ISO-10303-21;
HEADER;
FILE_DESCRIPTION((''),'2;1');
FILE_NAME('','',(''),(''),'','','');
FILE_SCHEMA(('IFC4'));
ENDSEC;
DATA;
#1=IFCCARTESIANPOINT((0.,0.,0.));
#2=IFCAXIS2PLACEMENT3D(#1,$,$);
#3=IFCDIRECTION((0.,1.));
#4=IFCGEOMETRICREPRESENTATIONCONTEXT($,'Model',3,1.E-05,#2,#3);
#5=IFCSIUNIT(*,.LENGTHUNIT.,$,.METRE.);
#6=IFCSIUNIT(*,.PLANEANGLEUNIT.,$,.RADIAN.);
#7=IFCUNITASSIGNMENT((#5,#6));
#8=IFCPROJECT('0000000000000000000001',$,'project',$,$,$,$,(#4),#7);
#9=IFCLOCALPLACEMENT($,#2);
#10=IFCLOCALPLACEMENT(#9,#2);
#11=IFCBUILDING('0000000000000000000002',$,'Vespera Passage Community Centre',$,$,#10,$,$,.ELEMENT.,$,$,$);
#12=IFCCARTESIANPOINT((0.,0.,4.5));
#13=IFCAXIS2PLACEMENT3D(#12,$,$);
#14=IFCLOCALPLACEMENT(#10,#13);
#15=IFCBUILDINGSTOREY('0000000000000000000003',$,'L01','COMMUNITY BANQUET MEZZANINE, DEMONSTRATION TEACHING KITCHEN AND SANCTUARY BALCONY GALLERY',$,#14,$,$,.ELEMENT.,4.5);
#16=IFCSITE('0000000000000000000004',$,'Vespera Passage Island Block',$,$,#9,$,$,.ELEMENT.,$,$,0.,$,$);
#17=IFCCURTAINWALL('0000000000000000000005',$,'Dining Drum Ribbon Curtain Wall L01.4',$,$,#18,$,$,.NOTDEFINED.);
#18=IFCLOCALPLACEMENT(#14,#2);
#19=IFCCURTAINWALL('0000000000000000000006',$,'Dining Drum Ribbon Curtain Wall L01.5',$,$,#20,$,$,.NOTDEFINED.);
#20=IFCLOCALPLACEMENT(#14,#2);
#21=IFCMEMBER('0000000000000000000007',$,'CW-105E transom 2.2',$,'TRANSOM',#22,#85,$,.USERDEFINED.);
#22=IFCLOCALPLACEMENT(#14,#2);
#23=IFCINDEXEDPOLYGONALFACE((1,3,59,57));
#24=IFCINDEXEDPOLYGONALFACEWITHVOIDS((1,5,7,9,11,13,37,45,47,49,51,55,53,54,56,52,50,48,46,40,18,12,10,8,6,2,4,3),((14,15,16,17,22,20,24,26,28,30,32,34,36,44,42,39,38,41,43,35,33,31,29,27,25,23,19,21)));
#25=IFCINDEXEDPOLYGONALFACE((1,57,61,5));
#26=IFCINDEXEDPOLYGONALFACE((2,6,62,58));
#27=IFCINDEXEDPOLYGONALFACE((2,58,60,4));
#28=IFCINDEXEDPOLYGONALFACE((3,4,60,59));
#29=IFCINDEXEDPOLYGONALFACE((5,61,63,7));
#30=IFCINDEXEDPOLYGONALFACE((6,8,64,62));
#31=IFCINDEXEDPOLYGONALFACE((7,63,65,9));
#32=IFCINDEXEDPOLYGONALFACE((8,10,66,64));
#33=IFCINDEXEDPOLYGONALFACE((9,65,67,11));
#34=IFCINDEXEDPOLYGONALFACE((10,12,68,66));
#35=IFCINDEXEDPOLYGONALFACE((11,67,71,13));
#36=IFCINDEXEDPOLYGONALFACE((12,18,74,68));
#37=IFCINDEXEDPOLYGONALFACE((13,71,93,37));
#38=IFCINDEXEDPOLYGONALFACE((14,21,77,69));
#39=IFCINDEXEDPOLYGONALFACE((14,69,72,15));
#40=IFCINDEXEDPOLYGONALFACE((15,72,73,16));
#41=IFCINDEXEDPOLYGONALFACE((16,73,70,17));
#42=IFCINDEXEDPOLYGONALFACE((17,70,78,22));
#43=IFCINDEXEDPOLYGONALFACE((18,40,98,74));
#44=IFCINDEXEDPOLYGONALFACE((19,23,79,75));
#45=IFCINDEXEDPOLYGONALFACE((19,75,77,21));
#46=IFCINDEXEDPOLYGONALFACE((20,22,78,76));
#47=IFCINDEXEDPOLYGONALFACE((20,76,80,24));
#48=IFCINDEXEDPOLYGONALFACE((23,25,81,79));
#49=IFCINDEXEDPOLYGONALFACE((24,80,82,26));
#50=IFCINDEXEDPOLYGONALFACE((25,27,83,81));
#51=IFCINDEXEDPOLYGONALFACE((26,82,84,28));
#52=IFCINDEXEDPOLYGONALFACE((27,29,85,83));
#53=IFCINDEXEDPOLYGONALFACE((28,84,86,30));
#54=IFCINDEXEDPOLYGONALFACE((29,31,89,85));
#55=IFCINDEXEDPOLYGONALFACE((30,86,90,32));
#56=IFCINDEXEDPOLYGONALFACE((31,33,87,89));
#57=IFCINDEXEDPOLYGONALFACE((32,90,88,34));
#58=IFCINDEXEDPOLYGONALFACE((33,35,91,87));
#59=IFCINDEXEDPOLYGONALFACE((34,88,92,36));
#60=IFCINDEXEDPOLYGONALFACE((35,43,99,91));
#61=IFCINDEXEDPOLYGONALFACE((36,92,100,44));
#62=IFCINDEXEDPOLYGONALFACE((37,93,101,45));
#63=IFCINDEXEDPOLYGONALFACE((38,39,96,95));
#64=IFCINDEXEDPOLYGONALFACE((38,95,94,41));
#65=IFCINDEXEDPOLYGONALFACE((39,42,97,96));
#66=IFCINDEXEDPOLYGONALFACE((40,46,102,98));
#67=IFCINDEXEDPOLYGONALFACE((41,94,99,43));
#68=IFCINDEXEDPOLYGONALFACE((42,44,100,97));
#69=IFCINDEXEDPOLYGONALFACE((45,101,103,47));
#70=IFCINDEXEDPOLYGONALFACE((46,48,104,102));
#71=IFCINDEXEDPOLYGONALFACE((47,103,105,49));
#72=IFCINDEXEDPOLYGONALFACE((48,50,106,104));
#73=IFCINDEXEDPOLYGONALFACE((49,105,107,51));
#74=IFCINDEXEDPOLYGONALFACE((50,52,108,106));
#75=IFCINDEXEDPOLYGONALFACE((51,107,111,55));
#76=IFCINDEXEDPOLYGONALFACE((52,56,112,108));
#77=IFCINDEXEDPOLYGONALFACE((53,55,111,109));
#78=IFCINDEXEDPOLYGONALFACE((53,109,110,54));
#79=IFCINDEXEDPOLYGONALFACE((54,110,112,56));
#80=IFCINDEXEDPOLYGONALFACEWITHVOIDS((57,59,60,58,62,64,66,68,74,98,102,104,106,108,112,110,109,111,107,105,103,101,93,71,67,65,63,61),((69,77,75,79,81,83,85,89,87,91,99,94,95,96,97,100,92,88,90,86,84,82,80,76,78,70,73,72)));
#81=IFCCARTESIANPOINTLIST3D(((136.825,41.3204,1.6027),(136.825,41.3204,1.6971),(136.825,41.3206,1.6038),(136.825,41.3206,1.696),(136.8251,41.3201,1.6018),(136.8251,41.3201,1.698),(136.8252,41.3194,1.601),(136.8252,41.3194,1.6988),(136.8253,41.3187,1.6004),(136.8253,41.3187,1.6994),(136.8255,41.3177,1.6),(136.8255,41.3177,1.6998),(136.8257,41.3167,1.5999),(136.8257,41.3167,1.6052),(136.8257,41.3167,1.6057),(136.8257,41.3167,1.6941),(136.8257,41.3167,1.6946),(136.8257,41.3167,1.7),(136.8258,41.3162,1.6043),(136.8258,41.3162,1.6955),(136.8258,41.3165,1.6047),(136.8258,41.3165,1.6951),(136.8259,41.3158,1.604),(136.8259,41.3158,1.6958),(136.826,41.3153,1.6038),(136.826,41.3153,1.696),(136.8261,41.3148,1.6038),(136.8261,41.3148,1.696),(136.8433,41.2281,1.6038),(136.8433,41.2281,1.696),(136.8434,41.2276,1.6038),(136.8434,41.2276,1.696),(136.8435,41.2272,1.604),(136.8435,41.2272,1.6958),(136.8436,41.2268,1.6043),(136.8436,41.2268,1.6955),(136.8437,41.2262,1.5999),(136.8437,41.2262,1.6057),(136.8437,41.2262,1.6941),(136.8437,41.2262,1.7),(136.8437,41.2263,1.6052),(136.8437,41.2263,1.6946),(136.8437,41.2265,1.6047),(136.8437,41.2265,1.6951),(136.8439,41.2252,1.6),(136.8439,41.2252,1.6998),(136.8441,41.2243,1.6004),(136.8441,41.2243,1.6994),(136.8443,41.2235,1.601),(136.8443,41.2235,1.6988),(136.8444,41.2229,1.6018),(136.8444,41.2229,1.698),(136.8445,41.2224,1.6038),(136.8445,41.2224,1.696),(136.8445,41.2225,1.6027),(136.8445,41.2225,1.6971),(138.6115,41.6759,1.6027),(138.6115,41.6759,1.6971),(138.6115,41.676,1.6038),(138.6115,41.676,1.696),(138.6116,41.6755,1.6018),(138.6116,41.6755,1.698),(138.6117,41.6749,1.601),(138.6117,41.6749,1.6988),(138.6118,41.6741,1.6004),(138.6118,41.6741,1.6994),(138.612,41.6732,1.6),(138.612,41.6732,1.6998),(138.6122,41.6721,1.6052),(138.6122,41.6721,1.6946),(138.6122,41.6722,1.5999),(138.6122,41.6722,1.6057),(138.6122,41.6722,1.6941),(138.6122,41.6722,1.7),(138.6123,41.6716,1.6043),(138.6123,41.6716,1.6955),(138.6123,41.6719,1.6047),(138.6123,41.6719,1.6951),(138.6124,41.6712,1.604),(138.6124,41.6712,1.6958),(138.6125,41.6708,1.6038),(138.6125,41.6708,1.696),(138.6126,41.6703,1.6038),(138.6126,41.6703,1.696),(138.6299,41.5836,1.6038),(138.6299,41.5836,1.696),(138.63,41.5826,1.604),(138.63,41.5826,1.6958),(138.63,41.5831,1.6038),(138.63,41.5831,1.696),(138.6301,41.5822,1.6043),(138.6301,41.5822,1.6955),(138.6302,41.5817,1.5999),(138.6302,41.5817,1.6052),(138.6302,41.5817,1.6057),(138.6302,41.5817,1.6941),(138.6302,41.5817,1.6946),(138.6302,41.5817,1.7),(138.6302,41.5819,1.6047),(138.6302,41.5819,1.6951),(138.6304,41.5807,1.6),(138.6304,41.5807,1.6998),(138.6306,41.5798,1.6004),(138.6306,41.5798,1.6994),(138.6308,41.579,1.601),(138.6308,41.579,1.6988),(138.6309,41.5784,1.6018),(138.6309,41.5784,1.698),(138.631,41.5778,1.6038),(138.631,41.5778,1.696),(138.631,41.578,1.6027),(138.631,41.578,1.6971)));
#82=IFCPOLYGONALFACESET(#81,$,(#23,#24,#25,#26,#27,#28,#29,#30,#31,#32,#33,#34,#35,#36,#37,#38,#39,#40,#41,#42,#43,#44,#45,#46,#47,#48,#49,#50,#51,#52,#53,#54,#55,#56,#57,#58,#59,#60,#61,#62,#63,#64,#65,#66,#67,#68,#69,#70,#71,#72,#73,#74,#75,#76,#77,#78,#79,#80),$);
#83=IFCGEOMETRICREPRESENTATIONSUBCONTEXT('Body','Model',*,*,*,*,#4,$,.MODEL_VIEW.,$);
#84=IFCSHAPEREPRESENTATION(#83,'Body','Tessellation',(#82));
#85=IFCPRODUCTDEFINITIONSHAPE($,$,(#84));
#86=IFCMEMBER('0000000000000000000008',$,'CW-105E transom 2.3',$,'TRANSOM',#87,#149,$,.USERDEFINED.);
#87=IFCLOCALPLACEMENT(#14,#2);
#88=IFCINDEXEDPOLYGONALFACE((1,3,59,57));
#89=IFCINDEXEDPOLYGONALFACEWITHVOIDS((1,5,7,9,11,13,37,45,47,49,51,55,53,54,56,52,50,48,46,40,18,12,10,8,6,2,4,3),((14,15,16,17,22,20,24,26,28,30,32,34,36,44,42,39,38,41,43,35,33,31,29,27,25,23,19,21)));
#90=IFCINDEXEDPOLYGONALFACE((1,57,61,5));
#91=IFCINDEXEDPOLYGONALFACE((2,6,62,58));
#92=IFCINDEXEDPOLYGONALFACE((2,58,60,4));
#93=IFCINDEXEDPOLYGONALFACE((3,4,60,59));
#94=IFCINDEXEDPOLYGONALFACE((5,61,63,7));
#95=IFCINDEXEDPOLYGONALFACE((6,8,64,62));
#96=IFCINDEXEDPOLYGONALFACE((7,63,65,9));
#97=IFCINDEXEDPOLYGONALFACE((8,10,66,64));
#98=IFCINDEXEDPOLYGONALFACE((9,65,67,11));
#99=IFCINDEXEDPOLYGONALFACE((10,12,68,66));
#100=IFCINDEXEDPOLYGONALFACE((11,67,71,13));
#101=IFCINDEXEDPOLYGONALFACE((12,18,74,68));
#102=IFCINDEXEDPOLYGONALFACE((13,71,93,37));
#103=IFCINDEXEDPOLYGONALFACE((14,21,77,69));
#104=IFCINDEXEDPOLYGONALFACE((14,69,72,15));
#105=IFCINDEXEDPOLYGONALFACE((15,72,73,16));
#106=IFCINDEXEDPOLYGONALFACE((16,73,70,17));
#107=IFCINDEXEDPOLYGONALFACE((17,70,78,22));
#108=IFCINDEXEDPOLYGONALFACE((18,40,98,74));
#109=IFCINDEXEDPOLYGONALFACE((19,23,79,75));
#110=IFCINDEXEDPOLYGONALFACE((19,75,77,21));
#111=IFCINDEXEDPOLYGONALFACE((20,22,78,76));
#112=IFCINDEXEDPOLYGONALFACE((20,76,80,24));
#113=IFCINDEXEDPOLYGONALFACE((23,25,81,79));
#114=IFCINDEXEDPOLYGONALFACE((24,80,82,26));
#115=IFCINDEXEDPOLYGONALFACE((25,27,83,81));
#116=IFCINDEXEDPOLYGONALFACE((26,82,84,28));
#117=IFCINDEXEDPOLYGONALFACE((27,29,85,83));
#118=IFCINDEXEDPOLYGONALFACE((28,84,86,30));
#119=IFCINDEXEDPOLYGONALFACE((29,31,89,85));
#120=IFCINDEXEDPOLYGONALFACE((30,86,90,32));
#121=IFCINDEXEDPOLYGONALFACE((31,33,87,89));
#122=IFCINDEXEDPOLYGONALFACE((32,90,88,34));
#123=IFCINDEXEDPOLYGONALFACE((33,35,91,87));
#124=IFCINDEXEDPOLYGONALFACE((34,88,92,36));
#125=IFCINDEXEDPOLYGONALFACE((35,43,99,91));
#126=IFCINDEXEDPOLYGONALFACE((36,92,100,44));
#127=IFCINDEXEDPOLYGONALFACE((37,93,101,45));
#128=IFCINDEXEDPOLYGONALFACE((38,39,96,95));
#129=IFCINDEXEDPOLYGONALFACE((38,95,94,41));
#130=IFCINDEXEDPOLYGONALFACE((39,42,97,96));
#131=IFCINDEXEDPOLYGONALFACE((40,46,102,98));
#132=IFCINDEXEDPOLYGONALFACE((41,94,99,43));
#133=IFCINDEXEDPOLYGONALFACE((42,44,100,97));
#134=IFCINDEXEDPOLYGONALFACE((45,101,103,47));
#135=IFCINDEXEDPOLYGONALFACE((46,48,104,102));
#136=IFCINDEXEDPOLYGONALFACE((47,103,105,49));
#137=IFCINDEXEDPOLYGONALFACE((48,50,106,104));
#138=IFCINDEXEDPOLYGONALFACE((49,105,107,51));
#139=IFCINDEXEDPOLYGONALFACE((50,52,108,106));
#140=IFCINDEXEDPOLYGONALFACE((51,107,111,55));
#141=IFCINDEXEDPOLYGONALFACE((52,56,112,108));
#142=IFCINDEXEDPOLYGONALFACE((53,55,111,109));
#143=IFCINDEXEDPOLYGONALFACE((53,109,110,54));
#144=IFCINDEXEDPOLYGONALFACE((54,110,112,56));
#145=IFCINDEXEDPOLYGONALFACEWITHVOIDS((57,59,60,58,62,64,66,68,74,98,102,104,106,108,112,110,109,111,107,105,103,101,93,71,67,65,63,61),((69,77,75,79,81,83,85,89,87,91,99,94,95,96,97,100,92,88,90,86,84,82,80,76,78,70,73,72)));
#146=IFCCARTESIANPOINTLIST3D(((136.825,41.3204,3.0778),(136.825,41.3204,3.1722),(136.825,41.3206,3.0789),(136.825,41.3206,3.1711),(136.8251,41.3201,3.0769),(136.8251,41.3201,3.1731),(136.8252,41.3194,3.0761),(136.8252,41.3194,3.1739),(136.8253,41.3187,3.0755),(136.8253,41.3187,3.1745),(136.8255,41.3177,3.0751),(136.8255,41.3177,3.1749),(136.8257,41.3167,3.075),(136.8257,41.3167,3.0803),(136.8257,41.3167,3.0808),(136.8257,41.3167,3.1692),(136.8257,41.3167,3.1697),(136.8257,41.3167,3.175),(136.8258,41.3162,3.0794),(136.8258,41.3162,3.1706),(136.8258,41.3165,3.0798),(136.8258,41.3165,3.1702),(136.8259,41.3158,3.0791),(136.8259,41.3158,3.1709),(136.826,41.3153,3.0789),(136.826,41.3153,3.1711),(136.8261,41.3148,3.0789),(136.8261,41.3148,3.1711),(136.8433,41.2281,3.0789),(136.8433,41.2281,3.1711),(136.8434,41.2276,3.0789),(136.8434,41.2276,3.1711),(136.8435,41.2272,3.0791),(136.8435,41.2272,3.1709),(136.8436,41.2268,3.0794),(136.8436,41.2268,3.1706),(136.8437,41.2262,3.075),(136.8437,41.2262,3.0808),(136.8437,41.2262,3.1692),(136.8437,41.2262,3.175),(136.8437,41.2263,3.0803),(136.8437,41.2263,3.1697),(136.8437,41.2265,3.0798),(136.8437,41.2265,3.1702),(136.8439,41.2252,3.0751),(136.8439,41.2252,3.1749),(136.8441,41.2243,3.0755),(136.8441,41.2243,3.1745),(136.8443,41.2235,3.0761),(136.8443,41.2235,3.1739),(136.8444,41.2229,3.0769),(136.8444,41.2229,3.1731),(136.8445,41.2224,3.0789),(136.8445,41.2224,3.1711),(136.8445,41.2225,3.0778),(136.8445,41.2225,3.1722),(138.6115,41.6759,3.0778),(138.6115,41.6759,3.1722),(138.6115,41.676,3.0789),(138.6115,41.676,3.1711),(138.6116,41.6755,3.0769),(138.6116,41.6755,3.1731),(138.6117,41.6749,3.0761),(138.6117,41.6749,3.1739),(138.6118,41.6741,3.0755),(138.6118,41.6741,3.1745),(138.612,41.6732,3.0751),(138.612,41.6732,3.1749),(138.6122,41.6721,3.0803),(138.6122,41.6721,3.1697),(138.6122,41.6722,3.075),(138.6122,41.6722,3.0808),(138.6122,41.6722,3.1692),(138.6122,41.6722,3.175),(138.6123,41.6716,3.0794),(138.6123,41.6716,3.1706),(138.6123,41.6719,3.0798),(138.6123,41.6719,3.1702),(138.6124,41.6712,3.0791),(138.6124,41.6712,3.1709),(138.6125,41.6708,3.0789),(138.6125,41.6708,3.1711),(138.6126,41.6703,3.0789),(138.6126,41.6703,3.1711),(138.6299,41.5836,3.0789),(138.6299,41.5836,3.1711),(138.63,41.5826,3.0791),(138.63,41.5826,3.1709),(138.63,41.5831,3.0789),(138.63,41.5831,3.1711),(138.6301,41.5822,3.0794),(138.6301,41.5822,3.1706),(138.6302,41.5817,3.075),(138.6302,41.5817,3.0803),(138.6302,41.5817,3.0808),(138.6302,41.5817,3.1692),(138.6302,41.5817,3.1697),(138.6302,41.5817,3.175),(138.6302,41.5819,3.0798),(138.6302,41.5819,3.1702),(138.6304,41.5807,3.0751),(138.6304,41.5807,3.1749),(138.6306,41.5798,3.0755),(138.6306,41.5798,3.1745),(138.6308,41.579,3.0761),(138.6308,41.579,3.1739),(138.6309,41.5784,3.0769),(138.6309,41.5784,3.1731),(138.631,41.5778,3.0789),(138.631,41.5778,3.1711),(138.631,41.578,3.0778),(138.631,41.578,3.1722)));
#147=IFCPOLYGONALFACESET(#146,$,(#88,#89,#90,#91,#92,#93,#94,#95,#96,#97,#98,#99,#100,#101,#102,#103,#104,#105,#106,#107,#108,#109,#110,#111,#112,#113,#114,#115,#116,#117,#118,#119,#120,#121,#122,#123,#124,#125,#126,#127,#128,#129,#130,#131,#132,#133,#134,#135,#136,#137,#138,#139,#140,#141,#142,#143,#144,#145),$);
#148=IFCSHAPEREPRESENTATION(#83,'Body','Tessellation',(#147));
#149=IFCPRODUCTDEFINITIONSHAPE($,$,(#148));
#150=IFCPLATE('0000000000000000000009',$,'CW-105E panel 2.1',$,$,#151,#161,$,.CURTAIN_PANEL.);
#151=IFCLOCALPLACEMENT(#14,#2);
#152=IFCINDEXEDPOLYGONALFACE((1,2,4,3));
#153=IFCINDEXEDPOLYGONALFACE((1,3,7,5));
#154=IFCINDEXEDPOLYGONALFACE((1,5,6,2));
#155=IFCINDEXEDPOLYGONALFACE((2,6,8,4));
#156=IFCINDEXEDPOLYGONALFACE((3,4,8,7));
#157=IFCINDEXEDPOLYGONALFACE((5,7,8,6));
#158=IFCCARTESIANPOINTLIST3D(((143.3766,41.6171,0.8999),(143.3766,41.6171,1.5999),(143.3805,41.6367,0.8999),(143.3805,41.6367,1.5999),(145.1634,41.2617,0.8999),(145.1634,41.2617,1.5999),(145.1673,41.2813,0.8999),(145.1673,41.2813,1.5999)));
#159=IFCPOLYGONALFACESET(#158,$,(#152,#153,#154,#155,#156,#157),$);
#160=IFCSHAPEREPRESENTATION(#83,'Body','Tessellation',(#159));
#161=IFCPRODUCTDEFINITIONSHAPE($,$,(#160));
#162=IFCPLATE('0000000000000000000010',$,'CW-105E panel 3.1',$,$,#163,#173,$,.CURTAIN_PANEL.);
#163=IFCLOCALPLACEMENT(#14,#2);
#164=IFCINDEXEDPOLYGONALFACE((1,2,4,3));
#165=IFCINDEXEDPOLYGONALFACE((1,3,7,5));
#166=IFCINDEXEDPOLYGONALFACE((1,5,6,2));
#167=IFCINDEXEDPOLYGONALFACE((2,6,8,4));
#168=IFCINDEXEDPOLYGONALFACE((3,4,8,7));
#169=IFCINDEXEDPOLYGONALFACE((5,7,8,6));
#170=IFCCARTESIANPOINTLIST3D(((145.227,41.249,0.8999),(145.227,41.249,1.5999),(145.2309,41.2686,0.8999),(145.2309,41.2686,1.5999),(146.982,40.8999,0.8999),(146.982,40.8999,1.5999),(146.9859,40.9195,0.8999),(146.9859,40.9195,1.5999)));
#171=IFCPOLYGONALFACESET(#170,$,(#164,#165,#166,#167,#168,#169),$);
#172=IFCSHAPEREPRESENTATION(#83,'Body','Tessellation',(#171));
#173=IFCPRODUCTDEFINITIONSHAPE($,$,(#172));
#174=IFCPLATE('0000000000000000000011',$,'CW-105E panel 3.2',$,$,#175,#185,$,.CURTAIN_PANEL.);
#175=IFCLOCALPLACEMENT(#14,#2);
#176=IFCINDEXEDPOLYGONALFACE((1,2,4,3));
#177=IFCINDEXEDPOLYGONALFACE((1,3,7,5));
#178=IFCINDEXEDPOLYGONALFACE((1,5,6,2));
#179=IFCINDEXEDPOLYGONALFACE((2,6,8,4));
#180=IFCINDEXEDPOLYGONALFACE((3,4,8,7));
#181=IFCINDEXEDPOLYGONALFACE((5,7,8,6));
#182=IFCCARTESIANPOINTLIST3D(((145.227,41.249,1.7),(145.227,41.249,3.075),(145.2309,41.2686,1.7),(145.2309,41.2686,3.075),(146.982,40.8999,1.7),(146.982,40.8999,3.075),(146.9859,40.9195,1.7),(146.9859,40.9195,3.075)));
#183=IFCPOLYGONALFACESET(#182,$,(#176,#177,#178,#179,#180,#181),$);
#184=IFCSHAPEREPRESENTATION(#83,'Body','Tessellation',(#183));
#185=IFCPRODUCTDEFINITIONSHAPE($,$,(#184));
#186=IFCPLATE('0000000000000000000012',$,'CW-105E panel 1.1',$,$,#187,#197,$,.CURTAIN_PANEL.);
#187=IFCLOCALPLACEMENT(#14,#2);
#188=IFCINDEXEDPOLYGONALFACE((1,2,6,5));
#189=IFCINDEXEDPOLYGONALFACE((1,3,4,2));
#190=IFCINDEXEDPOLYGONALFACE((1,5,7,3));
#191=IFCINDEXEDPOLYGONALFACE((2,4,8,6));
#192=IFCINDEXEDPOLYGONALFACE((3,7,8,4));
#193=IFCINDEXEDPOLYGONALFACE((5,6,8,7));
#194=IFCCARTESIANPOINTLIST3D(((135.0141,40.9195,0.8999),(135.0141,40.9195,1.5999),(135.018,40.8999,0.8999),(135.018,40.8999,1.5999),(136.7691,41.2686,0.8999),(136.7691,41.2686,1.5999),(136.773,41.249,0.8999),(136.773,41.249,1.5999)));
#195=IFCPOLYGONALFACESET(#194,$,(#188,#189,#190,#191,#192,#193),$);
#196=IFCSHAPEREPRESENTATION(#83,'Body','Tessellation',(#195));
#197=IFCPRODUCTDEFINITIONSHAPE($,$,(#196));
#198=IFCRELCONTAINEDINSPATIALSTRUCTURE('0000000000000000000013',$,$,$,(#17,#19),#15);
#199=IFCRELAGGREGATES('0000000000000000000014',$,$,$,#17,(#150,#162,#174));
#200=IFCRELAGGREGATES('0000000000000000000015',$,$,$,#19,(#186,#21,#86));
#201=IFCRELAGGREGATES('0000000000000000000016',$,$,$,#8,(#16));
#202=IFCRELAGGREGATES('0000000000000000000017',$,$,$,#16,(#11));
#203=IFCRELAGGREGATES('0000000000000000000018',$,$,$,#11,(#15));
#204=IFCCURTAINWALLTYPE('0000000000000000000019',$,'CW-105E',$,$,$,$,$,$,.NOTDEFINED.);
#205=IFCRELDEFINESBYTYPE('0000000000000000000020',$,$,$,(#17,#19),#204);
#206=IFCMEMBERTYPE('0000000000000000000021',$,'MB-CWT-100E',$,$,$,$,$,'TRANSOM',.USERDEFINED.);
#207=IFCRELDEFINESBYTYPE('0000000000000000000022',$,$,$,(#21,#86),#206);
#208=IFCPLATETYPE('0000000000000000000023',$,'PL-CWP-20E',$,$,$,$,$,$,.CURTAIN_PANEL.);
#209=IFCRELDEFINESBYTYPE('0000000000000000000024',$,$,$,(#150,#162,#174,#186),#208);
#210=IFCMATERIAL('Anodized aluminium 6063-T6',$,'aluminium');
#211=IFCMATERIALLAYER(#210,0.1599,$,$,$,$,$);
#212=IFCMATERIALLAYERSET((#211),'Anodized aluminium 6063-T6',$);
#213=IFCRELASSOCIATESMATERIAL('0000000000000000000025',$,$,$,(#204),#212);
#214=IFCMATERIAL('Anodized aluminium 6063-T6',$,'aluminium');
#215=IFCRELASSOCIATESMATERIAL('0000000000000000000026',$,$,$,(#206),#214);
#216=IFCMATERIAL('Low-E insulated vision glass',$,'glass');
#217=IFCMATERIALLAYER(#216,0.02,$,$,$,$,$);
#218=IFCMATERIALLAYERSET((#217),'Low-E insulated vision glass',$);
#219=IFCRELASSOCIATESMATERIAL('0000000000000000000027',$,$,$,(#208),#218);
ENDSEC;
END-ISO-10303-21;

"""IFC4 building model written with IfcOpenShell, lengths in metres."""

from ifc_helpers import new_model, si_unit, direction, frame, origin, origin_2d, place, context, subcontext, project, spatial, rectangle, hollow_rectangle, extrude, material, layer, layer_set, material_profile, profile_set, type_object, element, aggregate, save


model = new_model("IFC4")

# Units and contexts
model_context = context("Model", 3, precision=1e-05, world=origin(), true_north=direction((0.0, 1.0)))
body_context = subcontext(model_context, "Body", "Model", "MODEL_VIEW")
ifc_project = project(units=[si_unit("LENGTHUNIT", "METRE"), si_unit("PLANEANGLEUNIT", "RADIAN")], contexts=[model_context])

# Site, building, storey
site_placement = place(None, origin())
site = spatial("IfcSite", under=ifc_project, at=site_placement, Name="Vespera Passage Island Block", CompositionType="ELEMENT", RefElevation=0.0)
building_placement = place(site_placement, origin())
building = spatial("IfcBuilding", under=site, at=building_placement, Name="Vespera Passage Community Centre", CompositionType="ELEMENT")
storey_placement = place(building_placement, frame((0.0, 0.0, 4.5)))
storey = spatial("IfcBuildingStorey", under=building, at=storey_placement, Name="L01", Description="COMMUNITY BANQUET MEZZANINE, DEMONSTRATION TEACHING KITCHEN AND SANCTUARY BALCONY GALLERY", CompositionType="ELEMENT", Elevation=4.5)

# Curtain walls
ifc_material_1 = material(Name="Anodized aluminium 6063-T6", Category="aluminium")
ifc_layer_1 = layer(ifc_material_1, 0.1599)
ifc_layer_set_1 = layer_set([ifc_layer_1], Name="Anodized aluminium 6063-T6")
curtain_wall_type_1 = type_object("IfcCurtainWallType", Name="CW-105E", PredefinedType="NOTDEFINED", material=ifc_layer_set_1)
curtain_wall_1_placement = place(storey_placement, origin())
curtain_wall_1 = element("IfcCurtainWall", 1, at=curtain_wall_1_placement, inside=storey, type_object=curtain_wall_type_1, Name="Dining Drum Ribbon Curtain Wall L01.4", PredefinedType="NOTDEFINED")
curtain_wall_2_placement = place(storey_placement, origin())
curtain_wall_2 = element("IfcCurtainWall", 2, at=curtain_wall_2_placement, inside=storey, type_object=curtain_wall_type_1, Name="Dining Drum Ribbon Curtain Wall L01.5", PredefinedType="NOTDEFINED")

# Members
ifc_material_2 = material(Name="Anodized aluminium 6063-T6", Category="aluminium")
ifc_material_profile_1 = material_profile(ifc_material_2, hollow_rectangle(XDim=0.1001, YDim=0.1001, WallThickness=0.0039, InnerFilletRadius=0.002, OuterFilletRadius=0.0039, at=origin_2d()), Name="ALU100X100X4")
ifc_profile_set_1 = profile_set([ifc_material_profile_1], Name="Anodized aluminium 6063-T6")
member_type_1 = type_object("IfcMemberType", Name="MB-CWT-100E", ElementType="TRANSOM", PredefinedType="USERDEFINED", material=ifc_profile_set_1)
member_1_placement = place(storey_placement, frame((136.8347, 41.2715, 1.6499), z_axis=(0.980776, 0.195137, 0.0), x_axis=(-0.195137, 0.980776, 0.0)))
member_1 = element("IfcMember", 3, at=member_1_placement, type_object=member_type_1, Name="CW-105E transom 2.2", ObjectType="TRANSOM", PredefinedType="USERDEFINED", context=body_context, shape_type="SweptSolid", body=[
    extrude(hollow_rectangle(XDim=0.1001, YDim=0.1001, WallThickness=0.0039, InnerFilletRadius=0.002, OuterFilletRadius=0.0039, at=origin_2d()), origin(), (0.0, 0.0, 1.0), 1.8215),
])
member_2_placement = place(storey_placement, frame((136.8347, 41.2715, 3.125), z_axis=(0.980776, 0.195137, 0.0), x_axis=(-0.195137, 0.980776, 0.0)))
member_2 = element("IfcMember", 4, at=member_2_placement, type_object=member_type_1, Name="CW-105E transom 2.3", ObjectType="TRANSOM", PredefinedType="USERDEFINED", context=body_context, shape_type="SweptSolid", body=[
    extrude(hollow_rectangle(XDim=0.1001, YDim=0.1001, WallThickness=0.0039, InnerFilletRadius=0.002, OuterFilletRadius=0.0039, at=origin_2d()), origin(), (0.0, 0.0, 1.0), 1.8215),
])

# Plates
ifc_material_3 = material(Name="Low-E insulated vision glass", Category="glass")
ifc_layer_2 = layer(ifc_material_3, 0.02)
ifc_layer_set_2 = layer_set([ifc_layer_2], Name="Low-E insulated vision glass")
plate_type = type_object("IfcPlateType", Name="PL-CWP-20E", PredefinedType="CURTAIN_PANEL", material=ifc_layer_set_2)
plate_1_placement = place(storey_placement, frame((144.272, 41.4492, 0.8999), z_axis=(0.0, 0.0, 1.0), x_axis=(0.980784, -0.195097, 0.0)))
plate_1 = element("IfcPlate", 5, at=plate_1_placement, type_object=plate_type, Name="CW-105E panel 2.1", PredefinedType="CURTAIN_PANEL", context=body_context, shape_type="SweptSolid", body=[
    extrude(rectangle(XDim=1.8218, YDim=0.02, at=origin_2d()), origin(), (0.0, 0.0, 1.0), 0.7),
])
plate_2_placement = place(storey_placement, frame((146.1064, 41.0842, 0.8999), z_axis=(0.0, 0.0, 1.0), x_axis=(0.980784, -0.195097, 0.0)))
plate_2 = element("IfcPlate", 6, at=plate_2_placement, type_object=plate_type, Name="CW-105E panel 3.1", PredefinedType="CURTAIN_PANEL", context=body_context, shape_type="SweptSolid", body=[
    extrude(rectangle(XDim=1.7893, YDim=0.02, at=origin_2d()), origin(), (0.0, 0.0, 1.0), 0.7),
])
plate_3_placement = place(storey_placement, frame((146.1064, 41.0842, 1.7), z_axis=(0.0, 0.0, 1.0), x_axis=(0.980784, -0.195097, 0.0)))
plate_3 = element("IfcPlate", 7, at=plate_3_placement, type_object=plate_type, Name="CW-105E panel 3.2", PredefinedType="CURTAIN_PANEL", context=body_context, shape_type="SweptSolid", body=[
    extrude(rectangle(XDim=1.7893, YDim=0.02, at=origin_2d()), origin(), (0.0, 0.0, 1.0), 1.375),
])
aggregate(curtain_wall_1, [plate_1, plate_2, plate_3])
plate_4_placement = place(storey_placement, frame((135.8936, 41.0842, 0.8999), z_axis=(0.0, 0.0, 1.0), x_axis=(0.980784, 0.195097, 0.0)))
plate_4 = element("IfcPlate", 8, at=plate_4_placement, type_object=plate_type, Name="CW-105E panel 1.1", PredefinedType="CURTAIN_PANEL", context=body_context, shape_type="SweptSolid", body=[
    extrude(rectangle(XDim=1.7893, YDim=0.02, at=origin_2d()), origin(), (0.0, 0.0, 1.0), 0.7),
])
aggregate(curtain_wall_2, [plate_4, member_1, member_2])

save(model, "model.ifc")
